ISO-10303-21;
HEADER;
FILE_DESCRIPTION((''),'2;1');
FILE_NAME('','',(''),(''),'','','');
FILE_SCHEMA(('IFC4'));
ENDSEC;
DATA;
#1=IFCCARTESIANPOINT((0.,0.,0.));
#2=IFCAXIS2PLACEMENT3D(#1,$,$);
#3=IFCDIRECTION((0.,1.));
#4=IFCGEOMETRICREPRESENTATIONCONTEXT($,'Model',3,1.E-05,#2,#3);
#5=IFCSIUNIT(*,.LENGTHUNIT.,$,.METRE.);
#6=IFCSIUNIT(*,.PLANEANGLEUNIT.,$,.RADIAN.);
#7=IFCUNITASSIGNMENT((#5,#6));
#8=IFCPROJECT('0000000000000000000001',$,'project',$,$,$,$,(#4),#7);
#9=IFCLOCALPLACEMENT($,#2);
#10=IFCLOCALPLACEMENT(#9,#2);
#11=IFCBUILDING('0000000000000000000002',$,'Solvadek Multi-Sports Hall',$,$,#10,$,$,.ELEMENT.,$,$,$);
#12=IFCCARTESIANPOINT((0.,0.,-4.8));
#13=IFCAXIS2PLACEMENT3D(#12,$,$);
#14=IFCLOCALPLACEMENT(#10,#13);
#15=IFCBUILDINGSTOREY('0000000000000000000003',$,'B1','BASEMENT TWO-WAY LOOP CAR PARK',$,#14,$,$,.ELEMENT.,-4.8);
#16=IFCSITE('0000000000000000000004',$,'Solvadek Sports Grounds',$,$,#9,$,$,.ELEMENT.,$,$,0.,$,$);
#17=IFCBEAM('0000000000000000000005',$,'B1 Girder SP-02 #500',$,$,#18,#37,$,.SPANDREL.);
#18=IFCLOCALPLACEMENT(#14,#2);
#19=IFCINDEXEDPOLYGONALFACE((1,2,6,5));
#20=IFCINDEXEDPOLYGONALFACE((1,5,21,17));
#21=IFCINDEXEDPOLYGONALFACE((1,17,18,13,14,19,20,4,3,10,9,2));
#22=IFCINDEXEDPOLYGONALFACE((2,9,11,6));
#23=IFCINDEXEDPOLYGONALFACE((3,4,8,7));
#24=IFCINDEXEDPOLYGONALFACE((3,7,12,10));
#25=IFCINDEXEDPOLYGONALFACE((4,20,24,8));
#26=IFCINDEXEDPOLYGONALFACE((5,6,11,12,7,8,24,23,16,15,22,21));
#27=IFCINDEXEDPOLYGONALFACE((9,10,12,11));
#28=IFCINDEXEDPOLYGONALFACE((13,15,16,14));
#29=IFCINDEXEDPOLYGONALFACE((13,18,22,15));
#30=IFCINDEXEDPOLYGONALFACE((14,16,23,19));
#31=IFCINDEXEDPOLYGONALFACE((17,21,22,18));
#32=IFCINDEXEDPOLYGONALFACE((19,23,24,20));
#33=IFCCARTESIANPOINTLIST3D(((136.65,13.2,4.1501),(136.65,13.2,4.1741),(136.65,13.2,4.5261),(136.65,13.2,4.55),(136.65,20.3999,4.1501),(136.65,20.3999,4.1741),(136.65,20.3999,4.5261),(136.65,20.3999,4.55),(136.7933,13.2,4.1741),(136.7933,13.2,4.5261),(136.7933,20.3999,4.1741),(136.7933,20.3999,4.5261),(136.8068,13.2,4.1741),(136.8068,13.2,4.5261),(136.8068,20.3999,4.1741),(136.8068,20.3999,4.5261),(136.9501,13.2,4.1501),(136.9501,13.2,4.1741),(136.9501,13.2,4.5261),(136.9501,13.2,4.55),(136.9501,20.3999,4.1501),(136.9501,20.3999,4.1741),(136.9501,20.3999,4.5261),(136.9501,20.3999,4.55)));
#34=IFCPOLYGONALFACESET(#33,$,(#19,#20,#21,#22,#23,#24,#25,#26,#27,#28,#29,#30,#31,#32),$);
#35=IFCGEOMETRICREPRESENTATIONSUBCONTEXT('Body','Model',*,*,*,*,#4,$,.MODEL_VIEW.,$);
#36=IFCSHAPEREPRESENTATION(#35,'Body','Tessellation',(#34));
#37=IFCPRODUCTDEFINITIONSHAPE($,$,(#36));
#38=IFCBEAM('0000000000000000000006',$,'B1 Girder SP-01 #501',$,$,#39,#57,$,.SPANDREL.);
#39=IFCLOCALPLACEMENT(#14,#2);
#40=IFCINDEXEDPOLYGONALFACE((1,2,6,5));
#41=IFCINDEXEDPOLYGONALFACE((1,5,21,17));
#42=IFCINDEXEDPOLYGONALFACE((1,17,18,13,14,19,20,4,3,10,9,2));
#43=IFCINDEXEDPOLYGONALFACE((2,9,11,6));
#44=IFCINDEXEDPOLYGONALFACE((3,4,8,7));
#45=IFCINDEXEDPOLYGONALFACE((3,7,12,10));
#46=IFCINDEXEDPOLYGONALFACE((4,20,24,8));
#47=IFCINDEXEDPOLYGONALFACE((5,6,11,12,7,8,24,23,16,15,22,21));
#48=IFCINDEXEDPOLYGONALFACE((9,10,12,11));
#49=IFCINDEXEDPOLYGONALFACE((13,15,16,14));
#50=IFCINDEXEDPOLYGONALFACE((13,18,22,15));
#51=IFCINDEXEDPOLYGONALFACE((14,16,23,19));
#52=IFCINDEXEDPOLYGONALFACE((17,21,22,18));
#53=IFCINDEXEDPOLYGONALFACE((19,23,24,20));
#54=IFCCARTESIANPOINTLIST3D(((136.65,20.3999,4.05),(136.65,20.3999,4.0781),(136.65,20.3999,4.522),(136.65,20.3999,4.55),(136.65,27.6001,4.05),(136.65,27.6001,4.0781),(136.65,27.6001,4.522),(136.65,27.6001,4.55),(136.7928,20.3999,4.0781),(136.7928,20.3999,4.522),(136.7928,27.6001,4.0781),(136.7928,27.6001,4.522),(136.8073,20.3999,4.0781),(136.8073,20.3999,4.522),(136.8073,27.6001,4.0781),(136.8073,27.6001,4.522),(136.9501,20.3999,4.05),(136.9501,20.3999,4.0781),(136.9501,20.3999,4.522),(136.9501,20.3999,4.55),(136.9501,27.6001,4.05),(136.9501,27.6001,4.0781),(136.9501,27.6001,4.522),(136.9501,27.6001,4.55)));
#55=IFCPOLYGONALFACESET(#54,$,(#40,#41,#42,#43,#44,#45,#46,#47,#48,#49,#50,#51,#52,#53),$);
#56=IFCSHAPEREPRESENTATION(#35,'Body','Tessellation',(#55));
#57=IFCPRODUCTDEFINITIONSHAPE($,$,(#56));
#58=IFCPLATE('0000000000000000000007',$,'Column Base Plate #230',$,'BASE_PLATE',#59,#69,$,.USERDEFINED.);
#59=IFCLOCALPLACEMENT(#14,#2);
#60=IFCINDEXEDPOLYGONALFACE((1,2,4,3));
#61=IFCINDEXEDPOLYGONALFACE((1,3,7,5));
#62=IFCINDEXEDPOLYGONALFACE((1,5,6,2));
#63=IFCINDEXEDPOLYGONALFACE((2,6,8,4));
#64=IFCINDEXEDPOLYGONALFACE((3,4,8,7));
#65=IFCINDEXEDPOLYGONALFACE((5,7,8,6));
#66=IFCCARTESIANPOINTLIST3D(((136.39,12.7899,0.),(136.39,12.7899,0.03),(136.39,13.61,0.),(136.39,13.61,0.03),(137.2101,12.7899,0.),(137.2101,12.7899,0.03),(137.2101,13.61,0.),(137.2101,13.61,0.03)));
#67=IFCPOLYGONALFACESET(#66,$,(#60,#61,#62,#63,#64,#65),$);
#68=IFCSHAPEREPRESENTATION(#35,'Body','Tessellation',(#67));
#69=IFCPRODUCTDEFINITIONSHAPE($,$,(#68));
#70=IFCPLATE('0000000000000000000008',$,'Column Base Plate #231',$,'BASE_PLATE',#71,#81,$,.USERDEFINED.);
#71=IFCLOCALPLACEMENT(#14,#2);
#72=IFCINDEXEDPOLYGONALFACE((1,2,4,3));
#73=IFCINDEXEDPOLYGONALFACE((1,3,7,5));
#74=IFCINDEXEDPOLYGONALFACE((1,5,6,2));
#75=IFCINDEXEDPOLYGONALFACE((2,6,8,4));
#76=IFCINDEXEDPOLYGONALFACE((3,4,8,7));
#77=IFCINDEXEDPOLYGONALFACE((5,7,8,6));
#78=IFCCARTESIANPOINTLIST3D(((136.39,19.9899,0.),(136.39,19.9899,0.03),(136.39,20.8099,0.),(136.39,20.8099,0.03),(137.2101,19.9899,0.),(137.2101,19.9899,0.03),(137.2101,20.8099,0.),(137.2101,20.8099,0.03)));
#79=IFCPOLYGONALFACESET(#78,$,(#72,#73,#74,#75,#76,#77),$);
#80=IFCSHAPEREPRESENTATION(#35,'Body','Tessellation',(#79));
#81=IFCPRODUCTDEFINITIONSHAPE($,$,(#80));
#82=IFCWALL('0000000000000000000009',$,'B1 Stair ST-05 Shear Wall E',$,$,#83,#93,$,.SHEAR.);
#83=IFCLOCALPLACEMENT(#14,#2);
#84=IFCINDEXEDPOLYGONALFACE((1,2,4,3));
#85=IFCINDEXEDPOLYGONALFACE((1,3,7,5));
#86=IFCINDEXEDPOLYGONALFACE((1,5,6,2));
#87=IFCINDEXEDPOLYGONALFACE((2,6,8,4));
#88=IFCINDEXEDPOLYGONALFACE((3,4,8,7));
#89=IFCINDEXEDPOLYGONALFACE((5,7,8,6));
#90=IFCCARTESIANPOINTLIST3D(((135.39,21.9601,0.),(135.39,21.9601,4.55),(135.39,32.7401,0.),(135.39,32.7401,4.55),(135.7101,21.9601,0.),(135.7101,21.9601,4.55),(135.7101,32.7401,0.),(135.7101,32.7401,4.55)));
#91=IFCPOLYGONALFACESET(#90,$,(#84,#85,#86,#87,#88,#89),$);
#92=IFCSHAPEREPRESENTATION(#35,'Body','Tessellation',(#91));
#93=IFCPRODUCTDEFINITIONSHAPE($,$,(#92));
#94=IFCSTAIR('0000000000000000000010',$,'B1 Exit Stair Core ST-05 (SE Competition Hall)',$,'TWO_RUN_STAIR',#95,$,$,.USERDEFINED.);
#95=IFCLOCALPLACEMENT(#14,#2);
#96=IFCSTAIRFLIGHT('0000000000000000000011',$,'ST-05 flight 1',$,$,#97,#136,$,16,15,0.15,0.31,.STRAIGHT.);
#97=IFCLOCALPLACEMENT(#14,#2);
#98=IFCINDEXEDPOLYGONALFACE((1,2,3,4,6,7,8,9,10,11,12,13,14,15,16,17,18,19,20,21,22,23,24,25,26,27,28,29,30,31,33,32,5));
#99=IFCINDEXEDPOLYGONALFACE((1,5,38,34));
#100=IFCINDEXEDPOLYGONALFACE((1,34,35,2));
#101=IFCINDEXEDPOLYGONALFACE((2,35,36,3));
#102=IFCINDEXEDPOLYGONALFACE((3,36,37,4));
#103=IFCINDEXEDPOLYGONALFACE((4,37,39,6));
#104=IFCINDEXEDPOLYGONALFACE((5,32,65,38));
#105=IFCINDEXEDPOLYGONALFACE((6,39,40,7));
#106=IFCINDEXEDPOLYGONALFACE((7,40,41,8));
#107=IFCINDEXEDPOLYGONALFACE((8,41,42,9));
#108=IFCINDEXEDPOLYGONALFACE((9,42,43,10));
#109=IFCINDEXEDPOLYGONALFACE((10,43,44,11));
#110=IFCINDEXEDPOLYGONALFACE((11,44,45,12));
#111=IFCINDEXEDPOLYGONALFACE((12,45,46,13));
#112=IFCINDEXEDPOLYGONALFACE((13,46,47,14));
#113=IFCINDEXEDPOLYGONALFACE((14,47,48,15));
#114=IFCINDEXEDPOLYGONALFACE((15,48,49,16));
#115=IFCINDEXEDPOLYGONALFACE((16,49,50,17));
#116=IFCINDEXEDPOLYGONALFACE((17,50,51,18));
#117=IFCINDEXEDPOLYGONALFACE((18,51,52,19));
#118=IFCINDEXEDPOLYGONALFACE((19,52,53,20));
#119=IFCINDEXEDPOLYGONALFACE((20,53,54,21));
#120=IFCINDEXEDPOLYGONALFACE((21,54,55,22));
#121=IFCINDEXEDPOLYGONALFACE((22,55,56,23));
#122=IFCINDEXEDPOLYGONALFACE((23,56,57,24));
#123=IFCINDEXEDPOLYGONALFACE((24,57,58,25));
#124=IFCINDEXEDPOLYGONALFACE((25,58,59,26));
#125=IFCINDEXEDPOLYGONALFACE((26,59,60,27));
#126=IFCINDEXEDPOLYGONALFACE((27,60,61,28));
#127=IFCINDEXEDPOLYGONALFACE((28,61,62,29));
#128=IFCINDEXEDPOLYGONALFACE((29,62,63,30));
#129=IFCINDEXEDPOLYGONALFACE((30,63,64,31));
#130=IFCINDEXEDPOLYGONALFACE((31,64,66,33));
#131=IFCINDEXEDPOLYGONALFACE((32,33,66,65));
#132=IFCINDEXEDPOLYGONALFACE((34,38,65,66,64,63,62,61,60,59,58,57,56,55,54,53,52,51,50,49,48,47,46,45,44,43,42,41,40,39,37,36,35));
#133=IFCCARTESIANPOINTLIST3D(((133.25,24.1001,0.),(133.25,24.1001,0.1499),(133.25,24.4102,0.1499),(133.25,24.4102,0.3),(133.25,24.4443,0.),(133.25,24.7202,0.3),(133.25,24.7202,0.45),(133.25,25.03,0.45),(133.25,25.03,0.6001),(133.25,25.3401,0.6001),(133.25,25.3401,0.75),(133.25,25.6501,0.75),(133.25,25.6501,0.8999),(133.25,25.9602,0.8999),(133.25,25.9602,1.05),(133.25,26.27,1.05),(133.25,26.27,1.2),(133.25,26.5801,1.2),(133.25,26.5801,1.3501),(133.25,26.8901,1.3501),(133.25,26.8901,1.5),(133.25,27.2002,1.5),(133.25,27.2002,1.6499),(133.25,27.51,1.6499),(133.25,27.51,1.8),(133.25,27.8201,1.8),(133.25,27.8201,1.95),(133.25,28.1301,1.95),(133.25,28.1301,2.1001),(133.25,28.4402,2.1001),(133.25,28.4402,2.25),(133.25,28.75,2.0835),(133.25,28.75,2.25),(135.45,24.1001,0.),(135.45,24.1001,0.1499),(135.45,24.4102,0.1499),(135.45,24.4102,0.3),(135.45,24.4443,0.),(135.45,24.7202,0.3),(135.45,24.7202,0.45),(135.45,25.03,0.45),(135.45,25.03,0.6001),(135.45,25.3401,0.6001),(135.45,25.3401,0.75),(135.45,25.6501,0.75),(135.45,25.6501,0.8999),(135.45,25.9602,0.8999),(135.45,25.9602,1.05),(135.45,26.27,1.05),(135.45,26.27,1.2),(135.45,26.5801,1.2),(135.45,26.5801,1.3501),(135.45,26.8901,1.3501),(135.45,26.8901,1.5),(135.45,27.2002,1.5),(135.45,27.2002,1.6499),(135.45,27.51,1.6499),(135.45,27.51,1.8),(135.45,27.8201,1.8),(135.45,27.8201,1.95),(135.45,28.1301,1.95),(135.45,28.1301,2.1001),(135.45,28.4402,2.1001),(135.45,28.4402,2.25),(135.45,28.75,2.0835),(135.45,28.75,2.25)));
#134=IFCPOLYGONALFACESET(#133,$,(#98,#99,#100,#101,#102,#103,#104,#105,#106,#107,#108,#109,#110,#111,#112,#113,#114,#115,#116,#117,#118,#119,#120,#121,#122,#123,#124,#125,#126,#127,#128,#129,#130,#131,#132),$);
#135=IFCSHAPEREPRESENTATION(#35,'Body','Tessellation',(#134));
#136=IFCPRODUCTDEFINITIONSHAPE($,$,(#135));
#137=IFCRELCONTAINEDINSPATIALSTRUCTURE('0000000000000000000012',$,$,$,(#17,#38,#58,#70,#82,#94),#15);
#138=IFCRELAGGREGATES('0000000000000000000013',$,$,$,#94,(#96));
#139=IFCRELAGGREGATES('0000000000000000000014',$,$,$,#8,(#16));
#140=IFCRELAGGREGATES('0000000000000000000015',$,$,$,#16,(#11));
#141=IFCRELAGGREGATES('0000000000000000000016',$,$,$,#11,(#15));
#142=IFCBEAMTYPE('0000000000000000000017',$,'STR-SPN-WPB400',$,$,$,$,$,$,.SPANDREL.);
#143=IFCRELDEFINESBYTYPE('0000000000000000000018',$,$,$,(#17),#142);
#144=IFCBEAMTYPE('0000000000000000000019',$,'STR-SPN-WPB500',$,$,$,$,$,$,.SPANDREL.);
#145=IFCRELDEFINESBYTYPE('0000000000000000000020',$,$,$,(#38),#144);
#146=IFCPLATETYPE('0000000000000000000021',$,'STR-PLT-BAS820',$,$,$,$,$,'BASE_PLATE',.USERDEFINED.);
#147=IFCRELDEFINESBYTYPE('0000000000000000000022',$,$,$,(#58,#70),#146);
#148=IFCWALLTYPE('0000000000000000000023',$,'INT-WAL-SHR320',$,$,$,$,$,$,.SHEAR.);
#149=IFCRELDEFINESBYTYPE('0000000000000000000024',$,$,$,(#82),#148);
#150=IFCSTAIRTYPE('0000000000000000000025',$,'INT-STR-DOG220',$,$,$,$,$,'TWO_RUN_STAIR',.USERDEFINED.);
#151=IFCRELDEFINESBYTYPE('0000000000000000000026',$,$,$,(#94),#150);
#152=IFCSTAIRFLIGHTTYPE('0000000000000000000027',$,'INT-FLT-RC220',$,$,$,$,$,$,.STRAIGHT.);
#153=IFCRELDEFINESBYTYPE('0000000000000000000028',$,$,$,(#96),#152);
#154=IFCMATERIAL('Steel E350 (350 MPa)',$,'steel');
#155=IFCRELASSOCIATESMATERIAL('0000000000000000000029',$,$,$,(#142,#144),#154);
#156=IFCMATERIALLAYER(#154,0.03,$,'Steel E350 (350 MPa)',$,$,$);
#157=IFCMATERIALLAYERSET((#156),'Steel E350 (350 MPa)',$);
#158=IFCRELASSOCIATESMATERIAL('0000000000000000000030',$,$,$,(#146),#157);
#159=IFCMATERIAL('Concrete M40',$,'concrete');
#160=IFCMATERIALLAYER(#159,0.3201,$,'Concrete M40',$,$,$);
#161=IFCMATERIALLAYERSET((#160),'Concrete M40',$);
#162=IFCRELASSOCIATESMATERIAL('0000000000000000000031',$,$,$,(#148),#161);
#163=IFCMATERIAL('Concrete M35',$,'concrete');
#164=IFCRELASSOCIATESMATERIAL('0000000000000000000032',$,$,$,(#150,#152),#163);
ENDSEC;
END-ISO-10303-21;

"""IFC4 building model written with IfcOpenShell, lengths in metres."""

from ifc_helpers import new_model, si_unit, direction, frame, frame_2d, origin, origin_2d, place, context, subcontext, project, spatial, polyline, rectangle, i_section, outline, extrude, material, layer, layer_set, material_profile, profile_set, type_object, element, aggregate, save


model = new_model("IFC4")

# Units and contexts
model_context = context("Model", 3, precision=1e-05, world=origin(), true_north=direction((0.0, 1.0)))
body_context = subcontext(model_context, "Body", "Model", "MODEL_VIEW")
ifc_project = project(units=[si_unit("LENGTHUNIT", "METRE"), si_unit("PLANEANGLEUNIT", "RADIAN")], contexts=[model_context])

# Site, building, storey
site_placement = place(None, origin())
site = spatial("IfcSite", under=ifc_project, at=site_placement, Name="Solvadek Sports Grounds", CompositionType="ELEMENT", RefElevation=0.0)
building_placement = place(site_placement, origin())
building = spatial("IfcBuilding", under=site, at=building_placement, Name="Solvadek Multi-Sports Hall", CompositionType="ELEMENT")
storey_placement = place(building_placement, frame((0.0, 0.0, -4.8)))
storey = spatial("IfcBuildingStorey", under=building, at=storey_placement, Name="B1", Description="BASEMENT TWO-WAY LOOP CAR PARK", CompositionType="ELEMENT", Elevation=-4.8)

# Shared definitions
ifc_material_1 = material(Name="Concrete M40", Category="concrete")

# Shared definitions
ifc_material_2 = material(Name="Concrete M35", Category="concrete")

# Shared definitions
ifc_material_3 = material(Name="Steel E350 (350 MPa)", Category="steel")

# Beams
ifc_material_profile_1 = material_profile(ifc_material_3, i_section(OverallWidth=0.3, OverallDepth=0.3999, WebThickness=0.0134, FlangeThickness=0.0239, at=origin_2d()), Name="WPB 400")
ifc_profile_set_1 = profile_set([ifc_material_profile_1], Name="Steel E350 (350 MPa)")
beam_type_1 = type_object("IfcBeamType", Name="STR-SPN-WPB400", PredefinedType="SPANDREL", material=ifc_profile_set_1)
beam_1_placement = place(storey_placement, frame((136.8, 13.2, 4.3501), z_axis=(0.0, 1.0, 0.0), x_axis=(-1.0, 0.0, 0.0)))
element("IfcBeam", 1, at=beam_1_placement, inside=storey, type_object=beam_type_1, Name="B1 Girder SP-02 #500", PredefinedType="SPANDREL", context=body_context, shape_type="SweptSolid", body=[
    extrude(i_section(OverallWidth=0.3, OverallDepth=0.3999, WebThickness=0.0134, FlangeThickness=0.0239, at=origin_2d()), origin(), (0.0, 0.0, 1.0), 7.2),
])
ifc_material_profile_2 = material_profile(ifc_material_3, i_section(OverallWidth=0.3, OverallDepth=0.5, WebThickness=0.0144, FlangeThickness=0.0281, at=origin_2d()), Name="WPB 500")
ifc_profile_set_2 = profile_set([ifc_material_profile_2], Name="Steel E350 (350 MPa)")
beam_type_2 = type_object("IfcBeamType", Name="STR-SPN-WPB500", PredefinedType="SPANDREL", material=ifc_profile_set_2)
beam_2_placement = place(storey_placement, frame((136.8, 20.3999, 4.3), z_axis=(0.0, 1.0, 0.0), x_axis=(-1.0, 0.0, 0.0)))
element("IfcBeam", 2, at=beam_2_placement, inside=storey, type_object=beam_type_2, Name="B1 Girder SP-01 #501", PredefinedType="SPANDREL", context=body_context, shape_type="SweptSolid", body=[
    extrude(i_section(OverallWidth=0.3, OverallDepth=0.5, WebThickness=0.0144, FlangeThickness=0.0281, at=origin_2d()), origin(), (0.0, 0.0, 1.0), 7.2002),
])

# Plates
ifc_layer_1 = layer(ifc_material_3, 0.03, Name="Steel E350 (350 MPa)")
ifc_layer_set_1 = layer_set([ifc_layer_1], Name="Steel E350 (350 MPa)")
plate_type = type_object("IfcPlateType", Name="STR-PLT-BAS820", ElementType="BASE_PLATE", PredefinedType="USERDEFINED", material=ifc_layer_set_1)
for number, where, z_axis, x_axis, name in (
    (3, (136.8, 13.2, 0.0), (0.0, 0.0, 1.0), (1.0, 0.0, 0.0), "Column Base Plate #230"),
    (4, (136.8, 20.3999, 0.0), (0.0, 0.0, 1.0), (1.0, 0.0, 0.0), "Column Base Plate #231"),
):
    element("IfcPlate", number, at=place(storey_placement, frame(where, z_axis=z_axis, x_axis=x_axis)), inside=storey, type_object=plate_type, Name=name, ObjectType="BASE_PLATE", PredefinedType="USERDEFINED", context=body_context, shape_type="SweptSolid", body=[
        extrude(rectangle(XDim=0.8201, YDim=0.8201, at=origin_2d()), origin(), (0.0, 0.0, 1.0), 0.03),
    ])

# Wall
ifc_layer_2 = layer(ifc_material_1, 0.3201, Name="Concrete M40")
ifc_layer_set_2 = layer_set([ifc_layer_2], Name="Concrete M40")
wall_type = type_object("IfcWallType", Name="INT-WAL-SHR320", PredefinedType="SHEAR", material=ifc_layer_set_2)
wall_placement = place(storey_placement, frame((135.55, 21.96, 0.0), z_axis=(0.0, 0.0, 1.0), x_axis=(0.0, 1.0, 0.0)))
element("IfcWall", 5, at=wall_placement, inside=storey, type_object=wall_type, Name="B1 Stair ST-05 Shear Wall E", PredefinedType="SHEAR", context=body_context, shape_type="SweptSolid", body=[
    extrude(rectangle(XDim=10.78, YDim=0.3201, at=frame_2d((5.3901, 0.0))), origin(), (0.0, 0.0, 1.0), 4.55),
])

# Stair, stair flight
stair_type = type_object("IfcStairType", Name="INT-STR-DOG220", ElementType="TWO_RUN_STAIR", PredefinedType="USERDEFINED", material=ifc_material_2)
stair_placement = place(storey_placement, origin())
stair = element("IfcStair", 6, at=stair_placement, inside=storey, type_object=stair_type, Name="B1 Exit Stair Core ST-05 (SE Competition Hall)", ObjectType="TWO_RUN_STAIR", PredefinedType="USERDEFINED")
stair_flight_type = type_object("IfcStairFlightType", Name="INT-FLT-RC220", PredefinedType="STRAIGHT", material=ifc_material_2)
stair_flight_placement = place(storey_placement, frame((134.3501, 24.1001, 0.0), z_axis=(0.0, 0.0, 1.0), x_axis=(0.0, 1.0, 0.0)))
stair_flight = element("IfcStairFlight", 7, at=stair_flight_placement, type_object=stair_flight_type, Name="ST-05 flight 1", NumberOfRisers=16, NumberOfTreads=15, PredefinedType="STRAIGHT", RiserHeight=0.15, TreadLength=0.31, context=body_context, shape_type="SweptSolid", body=[
    extrude(outline(polyline([(0.0, 0.0), (0.0, 0.1499), (0.3101, 0.1499), (0.3101, 0.3), (0.6201, 0.3), (0.6201, 0.45), (0.9299, 0.45), (0.9299, 0.6001), (1.24, 0.6001), (1.24, 0.75), (1.55, 0.75), (1.55, 0.8999), (1.8601, 0.8999), (1.8601, 1.05), (2.1699, 1.05), (2.1699, 1.2), (2.48, 1.2), (2.48, 1.3501), (2.79, 1.3501), (2.79, 1.5), (3.1001, 1.5), (3.1001, 1.6499), (3.4099, 1.6499), (3.4099, 1.8), (3.72, 1.8), (3.72, 1.95), (4.03, 1.95), (4.03, 2.1001), (4.3401, 2.1001), (4.3401, 2.25), (4.6499, 2.25), (4.6499, 2.3999), (4.6499, 2.0835), (0.3442, 0.0), (0.0, 0.0)])), frame((0.0, 1.1001, 0.0), z_axis=(0.0, -1.0, 0.0), x_axis=(1.0, 0.0, 0.0)), (0.0, 0.0, 1.0), 2.2),
])
aggregate(stair, [stair_flight])

save(model, "model.ifc")
